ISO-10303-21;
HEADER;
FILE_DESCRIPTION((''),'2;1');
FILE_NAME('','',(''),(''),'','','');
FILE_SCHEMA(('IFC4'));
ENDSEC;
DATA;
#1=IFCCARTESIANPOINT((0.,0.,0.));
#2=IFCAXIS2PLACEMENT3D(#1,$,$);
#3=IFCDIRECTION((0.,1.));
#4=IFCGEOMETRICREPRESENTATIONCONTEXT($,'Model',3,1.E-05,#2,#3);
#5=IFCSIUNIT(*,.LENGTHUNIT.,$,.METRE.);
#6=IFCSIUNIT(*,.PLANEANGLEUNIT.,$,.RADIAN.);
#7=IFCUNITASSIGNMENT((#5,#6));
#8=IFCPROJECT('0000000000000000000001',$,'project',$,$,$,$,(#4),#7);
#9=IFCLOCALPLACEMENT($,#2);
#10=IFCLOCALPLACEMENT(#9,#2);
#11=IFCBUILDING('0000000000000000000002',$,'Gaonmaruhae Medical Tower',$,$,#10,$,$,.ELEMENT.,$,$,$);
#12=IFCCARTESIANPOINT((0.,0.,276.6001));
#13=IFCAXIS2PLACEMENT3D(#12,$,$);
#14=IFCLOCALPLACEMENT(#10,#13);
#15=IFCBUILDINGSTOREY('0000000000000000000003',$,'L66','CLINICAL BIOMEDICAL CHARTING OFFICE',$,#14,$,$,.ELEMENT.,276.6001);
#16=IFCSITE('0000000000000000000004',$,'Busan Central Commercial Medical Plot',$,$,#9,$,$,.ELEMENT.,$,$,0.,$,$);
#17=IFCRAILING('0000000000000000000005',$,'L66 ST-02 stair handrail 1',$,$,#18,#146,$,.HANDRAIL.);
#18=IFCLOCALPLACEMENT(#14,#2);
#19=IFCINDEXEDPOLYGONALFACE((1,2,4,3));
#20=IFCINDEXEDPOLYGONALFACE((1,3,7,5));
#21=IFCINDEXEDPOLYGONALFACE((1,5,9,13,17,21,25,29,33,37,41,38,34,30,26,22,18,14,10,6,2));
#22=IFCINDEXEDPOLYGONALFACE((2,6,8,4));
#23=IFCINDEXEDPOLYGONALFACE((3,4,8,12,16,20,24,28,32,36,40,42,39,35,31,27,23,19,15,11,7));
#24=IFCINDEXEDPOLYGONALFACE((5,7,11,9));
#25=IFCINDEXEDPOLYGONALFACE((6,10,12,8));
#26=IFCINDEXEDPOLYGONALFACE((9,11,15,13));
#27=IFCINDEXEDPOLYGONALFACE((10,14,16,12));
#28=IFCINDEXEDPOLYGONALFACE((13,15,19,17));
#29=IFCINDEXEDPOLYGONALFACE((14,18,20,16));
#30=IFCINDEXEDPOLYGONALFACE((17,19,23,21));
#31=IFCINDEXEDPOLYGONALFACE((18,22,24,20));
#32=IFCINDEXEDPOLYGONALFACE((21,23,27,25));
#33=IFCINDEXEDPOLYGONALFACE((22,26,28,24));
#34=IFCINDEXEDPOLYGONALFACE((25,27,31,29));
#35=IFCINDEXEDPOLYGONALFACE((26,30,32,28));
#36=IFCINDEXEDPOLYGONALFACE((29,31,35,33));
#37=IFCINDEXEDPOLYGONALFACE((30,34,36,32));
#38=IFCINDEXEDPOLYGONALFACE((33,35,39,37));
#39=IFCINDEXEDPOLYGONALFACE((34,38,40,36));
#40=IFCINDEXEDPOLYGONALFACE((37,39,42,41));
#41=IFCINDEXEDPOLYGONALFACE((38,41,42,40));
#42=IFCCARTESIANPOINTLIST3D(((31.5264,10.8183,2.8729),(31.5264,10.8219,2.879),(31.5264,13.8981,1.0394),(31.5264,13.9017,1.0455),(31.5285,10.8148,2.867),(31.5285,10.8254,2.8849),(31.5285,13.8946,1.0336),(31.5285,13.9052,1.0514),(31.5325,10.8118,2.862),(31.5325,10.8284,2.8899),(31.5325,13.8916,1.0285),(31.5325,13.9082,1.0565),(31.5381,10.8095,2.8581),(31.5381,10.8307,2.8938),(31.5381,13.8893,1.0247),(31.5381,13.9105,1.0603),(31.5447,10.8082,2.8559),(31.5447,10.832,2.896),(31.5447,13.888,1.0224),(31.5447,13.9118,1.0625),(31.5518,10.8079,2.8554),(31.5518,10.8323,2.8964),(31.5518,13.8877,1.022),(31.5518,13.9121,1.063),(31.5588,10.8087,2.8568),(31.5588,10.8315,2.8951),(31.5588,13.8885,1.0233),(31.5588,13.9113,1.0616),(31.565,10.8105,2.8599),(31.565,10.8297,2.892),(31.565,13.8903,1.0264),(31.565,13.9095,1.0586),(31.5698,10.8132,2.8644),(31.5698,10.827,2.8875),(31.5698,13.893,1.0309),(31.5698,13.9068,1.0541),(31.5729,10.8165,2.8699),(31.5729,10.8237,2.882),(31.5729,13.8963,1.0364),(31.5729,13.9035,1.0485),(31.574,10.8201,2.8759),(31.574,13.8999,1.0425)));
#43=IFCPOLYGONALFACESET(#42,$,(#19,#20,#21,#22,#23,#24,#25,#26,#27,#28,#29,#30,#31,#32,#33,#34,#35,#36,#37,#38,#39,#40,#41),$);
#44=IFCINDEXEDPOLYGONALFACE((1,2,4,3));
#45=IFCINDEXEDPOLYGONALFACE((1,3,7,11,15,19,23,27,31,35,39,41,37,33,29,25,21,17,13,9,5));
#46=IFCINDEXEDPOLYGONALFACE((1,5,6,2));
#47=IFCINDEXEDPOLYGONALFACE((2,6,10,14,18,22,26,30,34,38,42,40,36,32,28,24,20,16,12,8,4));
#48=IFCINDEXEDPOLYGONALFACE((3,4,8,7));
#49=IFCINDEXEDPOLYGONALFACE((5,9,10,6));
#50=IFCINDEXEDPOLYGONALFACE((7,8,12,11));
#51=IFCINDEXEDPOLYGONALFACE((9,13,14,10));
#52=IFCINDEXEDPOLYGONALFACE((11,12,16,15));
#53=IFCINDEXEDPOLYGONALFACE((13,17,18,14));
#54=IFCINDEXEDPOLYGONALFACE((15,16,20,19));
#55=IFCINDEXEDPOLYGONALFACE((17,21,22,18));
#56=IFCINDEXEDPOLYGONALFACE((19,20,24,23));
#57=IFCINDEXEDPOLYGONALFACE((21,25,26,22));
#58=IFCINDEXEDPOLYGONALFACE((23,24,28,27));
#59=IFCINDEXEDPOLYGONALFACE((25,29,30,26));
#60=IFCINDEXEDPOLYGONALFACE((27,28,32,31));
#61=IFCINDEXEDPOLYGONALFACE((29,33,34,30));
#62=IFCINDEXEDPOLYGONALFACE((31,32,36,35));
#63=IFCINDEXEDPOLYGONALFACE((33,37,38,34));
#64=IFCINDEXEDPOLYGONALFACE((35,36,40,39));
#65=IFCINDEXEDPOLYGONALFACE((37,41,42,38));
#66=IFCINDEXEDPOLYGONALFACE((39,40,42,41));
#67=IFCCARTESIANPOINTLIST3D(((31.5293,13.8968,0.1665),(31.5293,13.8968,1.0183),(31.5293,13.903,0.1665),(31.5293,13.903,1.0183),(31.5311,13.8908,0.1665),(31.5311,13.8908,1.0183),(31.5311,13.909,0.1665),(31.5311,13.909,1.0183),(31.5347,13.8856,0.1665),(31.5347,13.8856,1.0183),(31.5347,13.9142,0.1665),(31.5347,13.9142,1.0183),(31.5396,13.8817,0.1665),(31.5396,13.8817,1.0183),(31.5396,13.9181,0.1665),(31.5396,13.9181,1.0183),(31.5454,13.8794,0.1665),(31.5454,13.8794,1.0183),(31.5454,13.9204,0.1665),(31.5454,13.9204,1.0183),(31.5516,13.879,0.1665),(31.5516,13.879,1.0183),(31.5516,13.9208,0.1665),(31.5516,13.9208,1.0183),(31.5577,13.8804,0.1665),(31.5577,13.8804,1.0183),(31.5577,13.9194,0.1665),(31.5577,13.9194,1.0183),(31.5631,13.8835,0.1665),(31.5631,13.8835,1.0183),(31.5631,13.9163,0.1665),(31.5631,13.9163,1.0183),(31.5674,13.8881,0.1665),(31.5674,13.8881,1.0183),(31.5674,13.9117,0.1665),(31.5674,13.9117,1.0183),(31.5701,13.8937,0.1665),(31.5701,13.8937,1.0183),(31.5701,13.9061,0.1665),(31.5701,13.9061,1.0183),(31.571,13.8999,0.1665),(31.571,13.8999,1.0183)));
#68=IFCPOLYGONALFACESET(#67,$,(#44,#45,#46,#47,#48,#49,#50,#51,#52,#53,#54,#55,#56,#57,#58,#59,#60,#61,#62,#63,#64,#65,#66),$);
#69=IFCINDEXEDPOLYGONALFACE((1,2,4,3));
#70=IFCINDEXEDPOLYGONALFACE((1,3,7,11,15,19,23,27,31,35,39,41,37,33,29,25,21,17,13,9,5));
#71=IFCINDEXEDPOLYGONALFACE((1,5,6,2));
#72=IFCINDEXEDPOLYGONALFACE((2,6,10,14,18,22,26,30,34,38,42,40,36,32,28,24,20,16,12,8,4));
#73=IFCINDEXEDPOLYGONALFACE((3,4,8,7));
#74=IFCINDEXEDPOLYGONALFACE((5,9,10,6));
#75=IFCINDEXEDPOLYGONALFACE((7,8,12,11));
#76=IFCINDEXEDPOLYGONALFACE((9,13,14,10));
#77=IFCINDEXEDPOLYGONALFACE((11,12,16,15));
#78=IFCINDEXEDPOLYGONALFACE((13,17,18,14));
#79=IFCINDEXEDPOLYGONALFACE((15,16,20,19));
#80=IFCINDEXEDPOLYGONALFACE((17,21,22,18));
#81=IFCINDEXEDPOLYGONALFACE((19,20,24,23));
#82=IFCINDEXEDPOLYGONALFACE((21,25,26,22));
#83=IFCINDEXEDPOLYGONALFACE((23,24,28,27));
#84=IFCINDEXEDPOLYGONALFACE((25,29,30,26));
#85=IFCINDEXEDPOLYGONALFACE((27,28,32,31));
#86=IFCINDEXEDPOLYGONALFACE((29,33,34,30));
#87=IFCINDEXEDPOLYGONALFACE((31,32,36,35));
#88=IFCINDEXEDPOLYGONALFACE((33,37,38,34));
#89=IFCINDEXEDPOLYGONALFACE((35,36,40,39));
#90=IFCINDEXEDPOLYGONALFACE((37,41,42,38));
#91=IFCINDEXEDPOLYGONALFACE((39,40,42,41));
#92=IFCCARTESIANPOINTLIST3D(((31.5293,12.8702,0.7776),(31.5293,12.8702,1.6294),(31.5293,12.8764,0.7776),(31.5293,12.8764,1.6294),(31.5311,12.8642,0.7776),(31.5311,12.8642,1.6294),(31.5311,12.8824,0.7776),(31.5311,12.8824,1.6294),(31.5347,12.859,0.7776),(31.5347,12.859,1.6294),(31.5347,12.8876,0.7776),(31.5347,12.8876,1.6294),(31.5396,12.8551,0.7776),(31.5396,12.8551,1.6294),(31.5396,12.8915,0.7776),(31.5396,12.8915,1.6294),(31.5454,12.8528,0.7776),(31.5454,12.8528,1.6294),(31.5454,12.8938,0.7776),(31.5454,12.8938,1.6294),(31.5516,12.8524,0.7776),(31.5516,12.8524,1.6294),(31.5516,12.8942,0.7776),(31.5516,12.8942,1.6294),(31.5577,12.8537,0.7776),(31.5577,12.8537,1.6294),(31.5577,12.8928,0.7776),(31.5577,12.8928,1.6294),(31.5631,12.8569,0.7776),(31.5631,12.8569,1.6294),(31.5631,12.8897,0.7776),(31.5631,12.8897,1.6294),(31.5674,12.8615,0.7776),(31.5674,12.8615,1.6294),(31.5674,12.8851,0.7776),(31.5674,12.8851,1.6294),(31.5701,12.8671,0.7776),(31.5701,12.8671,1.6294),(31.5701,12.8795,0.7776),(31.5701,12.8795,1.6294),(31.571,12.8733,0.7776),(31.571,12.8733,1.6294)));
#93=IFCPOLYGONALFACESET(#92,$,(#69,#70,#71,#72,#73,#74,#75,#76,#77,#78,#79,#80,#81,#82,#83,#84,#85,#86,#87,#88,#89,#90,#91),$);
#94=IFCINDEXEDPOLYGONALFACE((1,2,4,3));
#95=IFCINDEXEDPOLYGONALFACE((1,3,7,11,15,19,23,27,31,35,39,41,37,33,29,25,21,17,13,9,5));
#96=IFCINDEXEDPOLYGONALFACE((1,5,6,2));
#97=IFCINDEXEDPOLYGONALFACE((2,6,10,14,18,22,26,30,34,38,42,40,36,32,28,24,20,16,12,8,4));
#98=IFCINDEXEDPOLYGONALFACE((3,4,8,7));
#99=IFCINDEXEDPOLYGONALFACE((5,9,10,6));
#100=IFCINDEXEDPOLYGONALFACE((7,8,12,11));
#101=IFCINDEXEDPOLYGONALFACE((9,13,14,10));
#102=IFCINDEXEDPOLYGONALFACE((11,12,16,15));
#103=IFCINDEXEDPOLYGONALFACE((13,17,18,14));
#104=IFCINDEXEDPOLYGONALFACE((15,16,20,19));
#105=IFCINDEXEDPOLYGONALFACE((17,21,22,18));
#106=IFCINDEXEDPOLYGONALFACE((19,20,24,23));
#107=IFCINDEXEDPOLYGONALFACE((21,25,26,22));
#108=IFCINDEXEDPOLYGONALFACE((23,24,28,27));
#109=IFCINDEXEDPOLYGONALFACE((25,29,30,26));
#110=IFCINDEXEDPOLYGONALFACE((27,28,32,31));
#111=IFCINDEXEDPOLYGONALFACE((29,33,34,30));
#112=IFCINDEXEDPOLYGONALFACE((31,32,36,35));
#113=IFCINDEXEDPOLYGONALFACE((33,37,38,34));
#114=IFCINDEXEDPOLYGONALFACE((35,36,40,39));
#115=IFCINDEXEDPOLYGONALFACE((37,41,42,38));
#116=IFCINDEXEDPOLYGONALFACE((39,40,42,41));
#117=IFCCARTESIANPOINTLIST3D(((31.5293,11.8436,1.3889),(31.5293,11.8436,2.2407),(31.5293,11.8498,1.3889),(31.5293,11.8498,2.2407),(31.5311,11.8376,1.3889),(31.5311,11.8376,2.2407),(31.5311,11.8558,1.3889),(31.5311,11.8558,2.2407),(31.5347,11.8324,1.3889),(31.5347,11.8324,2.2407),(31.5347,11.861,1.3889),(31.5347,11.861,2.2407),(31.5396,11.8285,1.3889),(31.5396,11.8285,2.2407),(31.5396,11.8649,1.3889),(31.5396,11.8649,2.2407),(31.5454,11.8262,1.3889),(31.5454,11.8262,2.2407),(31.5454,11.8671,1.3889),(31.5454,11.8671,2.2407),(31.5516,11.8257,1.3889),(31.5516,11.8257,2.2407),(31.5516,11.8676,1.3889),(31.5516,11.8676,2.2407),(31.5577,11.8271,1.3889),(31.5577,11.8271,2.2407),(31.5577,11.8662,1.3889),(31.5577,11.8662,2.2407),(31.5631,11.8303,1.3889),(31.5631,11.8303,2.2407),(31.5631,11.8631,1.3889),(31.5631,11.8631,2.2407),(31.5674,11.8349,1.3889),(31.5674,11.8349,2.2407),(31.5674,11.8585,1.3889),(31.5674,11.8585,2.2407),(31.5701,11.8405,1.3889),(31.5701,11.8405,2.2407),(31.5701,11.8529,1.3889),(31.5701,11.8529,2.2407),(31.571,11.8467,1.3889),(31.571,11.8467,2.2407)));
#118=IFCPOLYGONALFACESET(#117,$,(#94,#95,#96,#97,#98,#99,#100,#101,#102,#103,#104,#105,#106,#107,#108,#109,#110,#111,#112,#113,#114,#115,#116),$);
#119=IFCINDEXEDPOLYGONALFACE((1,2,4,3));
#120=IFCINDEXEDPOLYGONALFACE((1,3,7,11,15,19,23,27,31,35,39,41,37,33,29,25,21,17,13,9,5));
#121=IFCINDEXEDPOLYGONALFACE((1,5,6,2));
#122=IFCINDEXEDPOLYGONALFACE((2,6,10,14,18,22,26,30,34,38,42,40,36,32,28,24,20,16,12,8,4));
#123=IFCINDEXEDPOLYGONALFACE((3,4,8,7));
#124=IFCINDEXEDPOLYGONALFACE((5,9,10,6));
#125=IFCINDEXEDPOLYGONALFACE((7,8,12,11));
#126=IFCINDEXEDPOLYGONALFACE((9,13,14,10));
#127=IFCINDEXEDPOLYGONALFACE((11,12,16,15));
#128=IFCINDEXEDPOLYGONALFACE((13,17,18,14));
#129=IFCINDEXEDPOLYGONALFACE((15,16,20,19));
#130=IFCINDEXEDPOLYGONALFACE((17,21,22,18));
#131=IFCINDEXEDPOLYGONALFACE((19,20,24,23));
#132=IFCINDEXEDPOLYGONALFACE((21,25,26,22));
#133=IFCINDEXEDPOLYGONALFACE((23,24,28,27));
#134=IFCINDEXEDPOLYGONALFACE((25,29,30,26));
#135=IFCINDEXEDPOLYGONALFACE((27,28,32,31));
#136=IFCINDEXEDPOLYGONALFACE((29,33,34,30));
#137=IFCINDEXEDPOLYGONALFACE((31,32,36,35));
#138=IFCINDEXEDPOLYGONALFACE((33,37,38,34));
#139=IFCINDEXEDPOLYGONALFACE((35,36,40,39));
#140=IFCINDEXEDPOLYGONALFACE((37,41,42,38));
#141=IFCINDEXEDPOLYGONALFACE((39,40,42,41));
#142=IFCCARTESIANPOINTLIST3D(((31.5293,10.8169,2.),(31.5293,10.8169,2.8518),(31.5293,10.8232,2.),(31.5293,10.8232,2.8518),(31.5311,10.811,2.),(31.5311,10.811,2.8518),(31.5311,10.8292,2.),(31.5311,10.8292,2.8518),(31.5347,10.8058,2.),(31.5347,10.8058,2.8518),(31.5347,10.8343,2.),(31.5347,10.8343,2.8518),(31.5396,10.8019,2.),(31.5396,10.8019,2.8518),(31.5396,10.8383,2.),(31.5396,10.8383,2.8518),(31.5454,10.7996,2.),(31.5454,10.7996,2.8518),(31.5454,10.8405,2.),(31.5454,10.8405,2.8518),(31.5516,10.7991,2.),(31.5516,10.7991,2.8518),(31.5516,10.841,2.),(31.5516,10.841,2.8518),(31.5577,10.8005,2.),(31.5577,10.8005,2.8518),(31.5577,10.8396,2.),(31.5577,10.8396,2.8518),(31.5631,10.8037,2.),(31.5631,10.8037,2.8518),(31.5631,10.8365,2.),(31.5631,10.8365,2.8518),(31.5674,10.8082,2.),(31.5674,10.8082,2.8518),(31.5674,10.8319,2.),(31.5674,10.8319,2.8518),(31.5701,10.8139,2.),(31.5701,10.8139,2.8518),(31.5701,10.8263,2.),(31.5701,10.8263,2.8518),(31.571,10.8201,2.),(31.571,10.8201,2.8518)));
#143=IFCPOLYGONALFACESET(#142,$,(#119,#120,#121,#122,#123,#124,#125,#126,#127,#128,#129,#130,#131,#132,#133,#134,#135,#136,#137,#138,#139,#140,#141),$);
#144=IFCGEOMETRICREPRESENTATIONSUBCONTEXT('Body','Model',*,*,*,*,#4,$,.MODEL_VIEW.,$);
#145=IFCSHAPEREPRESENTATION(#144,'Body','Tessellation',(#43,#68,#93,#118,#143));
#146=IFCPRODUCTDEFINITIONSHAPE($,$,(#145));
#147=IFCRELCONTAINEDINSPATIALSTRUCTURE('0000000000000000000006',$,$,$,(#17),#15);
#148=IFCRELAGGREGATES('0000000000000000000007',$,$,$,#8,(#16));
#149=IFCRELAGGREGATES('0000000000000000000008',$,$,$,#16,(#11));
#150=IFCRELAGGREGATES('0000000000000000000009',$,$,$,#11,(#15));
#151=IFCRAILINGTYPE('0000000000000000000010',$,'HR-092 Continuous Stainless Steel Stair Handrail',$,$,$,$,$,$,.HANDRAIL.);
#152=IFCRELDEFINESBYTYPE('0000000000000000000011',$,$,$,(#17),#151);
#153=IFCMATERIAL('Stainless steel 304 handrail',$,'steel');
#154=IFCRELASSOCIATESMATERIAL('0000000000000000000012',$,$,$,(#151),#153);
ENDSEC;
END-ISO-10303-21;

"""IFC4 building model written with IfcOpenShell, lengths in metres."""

from ifc_helpers import new_model, si_unit, direction, frame, origin, origin_2d, place, context, subcontext, project, spatial, circle, extrude, material, type_object, element, save


model = new_model("IFC4")

# Units and contexts
model_context = context("Model", 3, precision=1e-05, world=origin(), true_north=direction((0.0, 1.0)))
body_context = subcontext(model_context, "Body", "Model", "MODEL_VIEW")
ifc_project = project(units=[si_unit("LENGTHUNIT", "METRE"), si_unit("PLANEANGLEUNIT", "RADIAN")], contexts=[model_context])

# Site, building, storey
site_placement = place(None, origin())
site = spatial("IfcSite", under=ifc_project, at=site_placement, Name="Busan Central Commercial Medical Plot", CompositionType="ELEMENT", RefElevation=0.0)
building_placement = place(site_placement, origin())
building = spatial("IfcBuilding", under=site, at=building_placement, Name="Gaonmaruhae Medical Tower", CompositionType="ELEMENT")
storey_placement = place(building_placement, frame((0.0, 0.0, 276.6001)))
storey = spatial("IfcBuildingStorey", under=building, at=storey_placement, Name="L66", Description="CLINICAL BIOMEDICAL CHARTING OFFICE", CompositionType="ELEMENT", Elevation=276.6001)

# Railing
ifc_material_1 = material(Name="Stainless steel 304 handrail", Category="steel")
railing_type_1 = type_object("IfcRailingType", Name="HR-092 Continuous Stainless Steel Stair Handrail", PredefinedType="HANDRAIL", material=ifc_material_1)
railing_1_placement = place(storey_placement, frame((31.55, 13.8999, 0.1665)))
element("IfcRailing", 1, at=railing_1_placement, inside=storey, type_object=railing_type_1, Name="L66 ST-02 stair handrail 1", PredefinedType="HANDRAIL", context=body_context, shape_type="SweptSolid", body=[
    extrude(circle(Radius=0.0239, at=origin_2d()), frame((0.0, 0.0, 0.876), z_axis=(0.0, -0.859261, 0.511538), x_axis=(1.0, 0.0, 0.0)), (0.0, 0.0, 1.0), 3.5842),
    extrude(circle(Radius=0.021, at=origin_2d()), origin(), (0.0, 0.0, 1.0), 0.8518),
    extrude(circle(Radius=0.021, at=origin_2d()), frame((0.0, -1.0266, 0.6111)), (0.0, 0.0, 1.0), 0.8518),
    extrude(circle(Radius=0.021, at=origin_2d()), frame((0.0, -2.0532, 1.2224)), (0.0, 0.0, 1.0), 0.8518),
    extrude(circle(Radius=0.021, at=origin_2d()), frame((0.0, -3.0798, 1.8335)), (0.0, 0.0, 1.0), 0.8518),
])

save(model, "model.ifc")
